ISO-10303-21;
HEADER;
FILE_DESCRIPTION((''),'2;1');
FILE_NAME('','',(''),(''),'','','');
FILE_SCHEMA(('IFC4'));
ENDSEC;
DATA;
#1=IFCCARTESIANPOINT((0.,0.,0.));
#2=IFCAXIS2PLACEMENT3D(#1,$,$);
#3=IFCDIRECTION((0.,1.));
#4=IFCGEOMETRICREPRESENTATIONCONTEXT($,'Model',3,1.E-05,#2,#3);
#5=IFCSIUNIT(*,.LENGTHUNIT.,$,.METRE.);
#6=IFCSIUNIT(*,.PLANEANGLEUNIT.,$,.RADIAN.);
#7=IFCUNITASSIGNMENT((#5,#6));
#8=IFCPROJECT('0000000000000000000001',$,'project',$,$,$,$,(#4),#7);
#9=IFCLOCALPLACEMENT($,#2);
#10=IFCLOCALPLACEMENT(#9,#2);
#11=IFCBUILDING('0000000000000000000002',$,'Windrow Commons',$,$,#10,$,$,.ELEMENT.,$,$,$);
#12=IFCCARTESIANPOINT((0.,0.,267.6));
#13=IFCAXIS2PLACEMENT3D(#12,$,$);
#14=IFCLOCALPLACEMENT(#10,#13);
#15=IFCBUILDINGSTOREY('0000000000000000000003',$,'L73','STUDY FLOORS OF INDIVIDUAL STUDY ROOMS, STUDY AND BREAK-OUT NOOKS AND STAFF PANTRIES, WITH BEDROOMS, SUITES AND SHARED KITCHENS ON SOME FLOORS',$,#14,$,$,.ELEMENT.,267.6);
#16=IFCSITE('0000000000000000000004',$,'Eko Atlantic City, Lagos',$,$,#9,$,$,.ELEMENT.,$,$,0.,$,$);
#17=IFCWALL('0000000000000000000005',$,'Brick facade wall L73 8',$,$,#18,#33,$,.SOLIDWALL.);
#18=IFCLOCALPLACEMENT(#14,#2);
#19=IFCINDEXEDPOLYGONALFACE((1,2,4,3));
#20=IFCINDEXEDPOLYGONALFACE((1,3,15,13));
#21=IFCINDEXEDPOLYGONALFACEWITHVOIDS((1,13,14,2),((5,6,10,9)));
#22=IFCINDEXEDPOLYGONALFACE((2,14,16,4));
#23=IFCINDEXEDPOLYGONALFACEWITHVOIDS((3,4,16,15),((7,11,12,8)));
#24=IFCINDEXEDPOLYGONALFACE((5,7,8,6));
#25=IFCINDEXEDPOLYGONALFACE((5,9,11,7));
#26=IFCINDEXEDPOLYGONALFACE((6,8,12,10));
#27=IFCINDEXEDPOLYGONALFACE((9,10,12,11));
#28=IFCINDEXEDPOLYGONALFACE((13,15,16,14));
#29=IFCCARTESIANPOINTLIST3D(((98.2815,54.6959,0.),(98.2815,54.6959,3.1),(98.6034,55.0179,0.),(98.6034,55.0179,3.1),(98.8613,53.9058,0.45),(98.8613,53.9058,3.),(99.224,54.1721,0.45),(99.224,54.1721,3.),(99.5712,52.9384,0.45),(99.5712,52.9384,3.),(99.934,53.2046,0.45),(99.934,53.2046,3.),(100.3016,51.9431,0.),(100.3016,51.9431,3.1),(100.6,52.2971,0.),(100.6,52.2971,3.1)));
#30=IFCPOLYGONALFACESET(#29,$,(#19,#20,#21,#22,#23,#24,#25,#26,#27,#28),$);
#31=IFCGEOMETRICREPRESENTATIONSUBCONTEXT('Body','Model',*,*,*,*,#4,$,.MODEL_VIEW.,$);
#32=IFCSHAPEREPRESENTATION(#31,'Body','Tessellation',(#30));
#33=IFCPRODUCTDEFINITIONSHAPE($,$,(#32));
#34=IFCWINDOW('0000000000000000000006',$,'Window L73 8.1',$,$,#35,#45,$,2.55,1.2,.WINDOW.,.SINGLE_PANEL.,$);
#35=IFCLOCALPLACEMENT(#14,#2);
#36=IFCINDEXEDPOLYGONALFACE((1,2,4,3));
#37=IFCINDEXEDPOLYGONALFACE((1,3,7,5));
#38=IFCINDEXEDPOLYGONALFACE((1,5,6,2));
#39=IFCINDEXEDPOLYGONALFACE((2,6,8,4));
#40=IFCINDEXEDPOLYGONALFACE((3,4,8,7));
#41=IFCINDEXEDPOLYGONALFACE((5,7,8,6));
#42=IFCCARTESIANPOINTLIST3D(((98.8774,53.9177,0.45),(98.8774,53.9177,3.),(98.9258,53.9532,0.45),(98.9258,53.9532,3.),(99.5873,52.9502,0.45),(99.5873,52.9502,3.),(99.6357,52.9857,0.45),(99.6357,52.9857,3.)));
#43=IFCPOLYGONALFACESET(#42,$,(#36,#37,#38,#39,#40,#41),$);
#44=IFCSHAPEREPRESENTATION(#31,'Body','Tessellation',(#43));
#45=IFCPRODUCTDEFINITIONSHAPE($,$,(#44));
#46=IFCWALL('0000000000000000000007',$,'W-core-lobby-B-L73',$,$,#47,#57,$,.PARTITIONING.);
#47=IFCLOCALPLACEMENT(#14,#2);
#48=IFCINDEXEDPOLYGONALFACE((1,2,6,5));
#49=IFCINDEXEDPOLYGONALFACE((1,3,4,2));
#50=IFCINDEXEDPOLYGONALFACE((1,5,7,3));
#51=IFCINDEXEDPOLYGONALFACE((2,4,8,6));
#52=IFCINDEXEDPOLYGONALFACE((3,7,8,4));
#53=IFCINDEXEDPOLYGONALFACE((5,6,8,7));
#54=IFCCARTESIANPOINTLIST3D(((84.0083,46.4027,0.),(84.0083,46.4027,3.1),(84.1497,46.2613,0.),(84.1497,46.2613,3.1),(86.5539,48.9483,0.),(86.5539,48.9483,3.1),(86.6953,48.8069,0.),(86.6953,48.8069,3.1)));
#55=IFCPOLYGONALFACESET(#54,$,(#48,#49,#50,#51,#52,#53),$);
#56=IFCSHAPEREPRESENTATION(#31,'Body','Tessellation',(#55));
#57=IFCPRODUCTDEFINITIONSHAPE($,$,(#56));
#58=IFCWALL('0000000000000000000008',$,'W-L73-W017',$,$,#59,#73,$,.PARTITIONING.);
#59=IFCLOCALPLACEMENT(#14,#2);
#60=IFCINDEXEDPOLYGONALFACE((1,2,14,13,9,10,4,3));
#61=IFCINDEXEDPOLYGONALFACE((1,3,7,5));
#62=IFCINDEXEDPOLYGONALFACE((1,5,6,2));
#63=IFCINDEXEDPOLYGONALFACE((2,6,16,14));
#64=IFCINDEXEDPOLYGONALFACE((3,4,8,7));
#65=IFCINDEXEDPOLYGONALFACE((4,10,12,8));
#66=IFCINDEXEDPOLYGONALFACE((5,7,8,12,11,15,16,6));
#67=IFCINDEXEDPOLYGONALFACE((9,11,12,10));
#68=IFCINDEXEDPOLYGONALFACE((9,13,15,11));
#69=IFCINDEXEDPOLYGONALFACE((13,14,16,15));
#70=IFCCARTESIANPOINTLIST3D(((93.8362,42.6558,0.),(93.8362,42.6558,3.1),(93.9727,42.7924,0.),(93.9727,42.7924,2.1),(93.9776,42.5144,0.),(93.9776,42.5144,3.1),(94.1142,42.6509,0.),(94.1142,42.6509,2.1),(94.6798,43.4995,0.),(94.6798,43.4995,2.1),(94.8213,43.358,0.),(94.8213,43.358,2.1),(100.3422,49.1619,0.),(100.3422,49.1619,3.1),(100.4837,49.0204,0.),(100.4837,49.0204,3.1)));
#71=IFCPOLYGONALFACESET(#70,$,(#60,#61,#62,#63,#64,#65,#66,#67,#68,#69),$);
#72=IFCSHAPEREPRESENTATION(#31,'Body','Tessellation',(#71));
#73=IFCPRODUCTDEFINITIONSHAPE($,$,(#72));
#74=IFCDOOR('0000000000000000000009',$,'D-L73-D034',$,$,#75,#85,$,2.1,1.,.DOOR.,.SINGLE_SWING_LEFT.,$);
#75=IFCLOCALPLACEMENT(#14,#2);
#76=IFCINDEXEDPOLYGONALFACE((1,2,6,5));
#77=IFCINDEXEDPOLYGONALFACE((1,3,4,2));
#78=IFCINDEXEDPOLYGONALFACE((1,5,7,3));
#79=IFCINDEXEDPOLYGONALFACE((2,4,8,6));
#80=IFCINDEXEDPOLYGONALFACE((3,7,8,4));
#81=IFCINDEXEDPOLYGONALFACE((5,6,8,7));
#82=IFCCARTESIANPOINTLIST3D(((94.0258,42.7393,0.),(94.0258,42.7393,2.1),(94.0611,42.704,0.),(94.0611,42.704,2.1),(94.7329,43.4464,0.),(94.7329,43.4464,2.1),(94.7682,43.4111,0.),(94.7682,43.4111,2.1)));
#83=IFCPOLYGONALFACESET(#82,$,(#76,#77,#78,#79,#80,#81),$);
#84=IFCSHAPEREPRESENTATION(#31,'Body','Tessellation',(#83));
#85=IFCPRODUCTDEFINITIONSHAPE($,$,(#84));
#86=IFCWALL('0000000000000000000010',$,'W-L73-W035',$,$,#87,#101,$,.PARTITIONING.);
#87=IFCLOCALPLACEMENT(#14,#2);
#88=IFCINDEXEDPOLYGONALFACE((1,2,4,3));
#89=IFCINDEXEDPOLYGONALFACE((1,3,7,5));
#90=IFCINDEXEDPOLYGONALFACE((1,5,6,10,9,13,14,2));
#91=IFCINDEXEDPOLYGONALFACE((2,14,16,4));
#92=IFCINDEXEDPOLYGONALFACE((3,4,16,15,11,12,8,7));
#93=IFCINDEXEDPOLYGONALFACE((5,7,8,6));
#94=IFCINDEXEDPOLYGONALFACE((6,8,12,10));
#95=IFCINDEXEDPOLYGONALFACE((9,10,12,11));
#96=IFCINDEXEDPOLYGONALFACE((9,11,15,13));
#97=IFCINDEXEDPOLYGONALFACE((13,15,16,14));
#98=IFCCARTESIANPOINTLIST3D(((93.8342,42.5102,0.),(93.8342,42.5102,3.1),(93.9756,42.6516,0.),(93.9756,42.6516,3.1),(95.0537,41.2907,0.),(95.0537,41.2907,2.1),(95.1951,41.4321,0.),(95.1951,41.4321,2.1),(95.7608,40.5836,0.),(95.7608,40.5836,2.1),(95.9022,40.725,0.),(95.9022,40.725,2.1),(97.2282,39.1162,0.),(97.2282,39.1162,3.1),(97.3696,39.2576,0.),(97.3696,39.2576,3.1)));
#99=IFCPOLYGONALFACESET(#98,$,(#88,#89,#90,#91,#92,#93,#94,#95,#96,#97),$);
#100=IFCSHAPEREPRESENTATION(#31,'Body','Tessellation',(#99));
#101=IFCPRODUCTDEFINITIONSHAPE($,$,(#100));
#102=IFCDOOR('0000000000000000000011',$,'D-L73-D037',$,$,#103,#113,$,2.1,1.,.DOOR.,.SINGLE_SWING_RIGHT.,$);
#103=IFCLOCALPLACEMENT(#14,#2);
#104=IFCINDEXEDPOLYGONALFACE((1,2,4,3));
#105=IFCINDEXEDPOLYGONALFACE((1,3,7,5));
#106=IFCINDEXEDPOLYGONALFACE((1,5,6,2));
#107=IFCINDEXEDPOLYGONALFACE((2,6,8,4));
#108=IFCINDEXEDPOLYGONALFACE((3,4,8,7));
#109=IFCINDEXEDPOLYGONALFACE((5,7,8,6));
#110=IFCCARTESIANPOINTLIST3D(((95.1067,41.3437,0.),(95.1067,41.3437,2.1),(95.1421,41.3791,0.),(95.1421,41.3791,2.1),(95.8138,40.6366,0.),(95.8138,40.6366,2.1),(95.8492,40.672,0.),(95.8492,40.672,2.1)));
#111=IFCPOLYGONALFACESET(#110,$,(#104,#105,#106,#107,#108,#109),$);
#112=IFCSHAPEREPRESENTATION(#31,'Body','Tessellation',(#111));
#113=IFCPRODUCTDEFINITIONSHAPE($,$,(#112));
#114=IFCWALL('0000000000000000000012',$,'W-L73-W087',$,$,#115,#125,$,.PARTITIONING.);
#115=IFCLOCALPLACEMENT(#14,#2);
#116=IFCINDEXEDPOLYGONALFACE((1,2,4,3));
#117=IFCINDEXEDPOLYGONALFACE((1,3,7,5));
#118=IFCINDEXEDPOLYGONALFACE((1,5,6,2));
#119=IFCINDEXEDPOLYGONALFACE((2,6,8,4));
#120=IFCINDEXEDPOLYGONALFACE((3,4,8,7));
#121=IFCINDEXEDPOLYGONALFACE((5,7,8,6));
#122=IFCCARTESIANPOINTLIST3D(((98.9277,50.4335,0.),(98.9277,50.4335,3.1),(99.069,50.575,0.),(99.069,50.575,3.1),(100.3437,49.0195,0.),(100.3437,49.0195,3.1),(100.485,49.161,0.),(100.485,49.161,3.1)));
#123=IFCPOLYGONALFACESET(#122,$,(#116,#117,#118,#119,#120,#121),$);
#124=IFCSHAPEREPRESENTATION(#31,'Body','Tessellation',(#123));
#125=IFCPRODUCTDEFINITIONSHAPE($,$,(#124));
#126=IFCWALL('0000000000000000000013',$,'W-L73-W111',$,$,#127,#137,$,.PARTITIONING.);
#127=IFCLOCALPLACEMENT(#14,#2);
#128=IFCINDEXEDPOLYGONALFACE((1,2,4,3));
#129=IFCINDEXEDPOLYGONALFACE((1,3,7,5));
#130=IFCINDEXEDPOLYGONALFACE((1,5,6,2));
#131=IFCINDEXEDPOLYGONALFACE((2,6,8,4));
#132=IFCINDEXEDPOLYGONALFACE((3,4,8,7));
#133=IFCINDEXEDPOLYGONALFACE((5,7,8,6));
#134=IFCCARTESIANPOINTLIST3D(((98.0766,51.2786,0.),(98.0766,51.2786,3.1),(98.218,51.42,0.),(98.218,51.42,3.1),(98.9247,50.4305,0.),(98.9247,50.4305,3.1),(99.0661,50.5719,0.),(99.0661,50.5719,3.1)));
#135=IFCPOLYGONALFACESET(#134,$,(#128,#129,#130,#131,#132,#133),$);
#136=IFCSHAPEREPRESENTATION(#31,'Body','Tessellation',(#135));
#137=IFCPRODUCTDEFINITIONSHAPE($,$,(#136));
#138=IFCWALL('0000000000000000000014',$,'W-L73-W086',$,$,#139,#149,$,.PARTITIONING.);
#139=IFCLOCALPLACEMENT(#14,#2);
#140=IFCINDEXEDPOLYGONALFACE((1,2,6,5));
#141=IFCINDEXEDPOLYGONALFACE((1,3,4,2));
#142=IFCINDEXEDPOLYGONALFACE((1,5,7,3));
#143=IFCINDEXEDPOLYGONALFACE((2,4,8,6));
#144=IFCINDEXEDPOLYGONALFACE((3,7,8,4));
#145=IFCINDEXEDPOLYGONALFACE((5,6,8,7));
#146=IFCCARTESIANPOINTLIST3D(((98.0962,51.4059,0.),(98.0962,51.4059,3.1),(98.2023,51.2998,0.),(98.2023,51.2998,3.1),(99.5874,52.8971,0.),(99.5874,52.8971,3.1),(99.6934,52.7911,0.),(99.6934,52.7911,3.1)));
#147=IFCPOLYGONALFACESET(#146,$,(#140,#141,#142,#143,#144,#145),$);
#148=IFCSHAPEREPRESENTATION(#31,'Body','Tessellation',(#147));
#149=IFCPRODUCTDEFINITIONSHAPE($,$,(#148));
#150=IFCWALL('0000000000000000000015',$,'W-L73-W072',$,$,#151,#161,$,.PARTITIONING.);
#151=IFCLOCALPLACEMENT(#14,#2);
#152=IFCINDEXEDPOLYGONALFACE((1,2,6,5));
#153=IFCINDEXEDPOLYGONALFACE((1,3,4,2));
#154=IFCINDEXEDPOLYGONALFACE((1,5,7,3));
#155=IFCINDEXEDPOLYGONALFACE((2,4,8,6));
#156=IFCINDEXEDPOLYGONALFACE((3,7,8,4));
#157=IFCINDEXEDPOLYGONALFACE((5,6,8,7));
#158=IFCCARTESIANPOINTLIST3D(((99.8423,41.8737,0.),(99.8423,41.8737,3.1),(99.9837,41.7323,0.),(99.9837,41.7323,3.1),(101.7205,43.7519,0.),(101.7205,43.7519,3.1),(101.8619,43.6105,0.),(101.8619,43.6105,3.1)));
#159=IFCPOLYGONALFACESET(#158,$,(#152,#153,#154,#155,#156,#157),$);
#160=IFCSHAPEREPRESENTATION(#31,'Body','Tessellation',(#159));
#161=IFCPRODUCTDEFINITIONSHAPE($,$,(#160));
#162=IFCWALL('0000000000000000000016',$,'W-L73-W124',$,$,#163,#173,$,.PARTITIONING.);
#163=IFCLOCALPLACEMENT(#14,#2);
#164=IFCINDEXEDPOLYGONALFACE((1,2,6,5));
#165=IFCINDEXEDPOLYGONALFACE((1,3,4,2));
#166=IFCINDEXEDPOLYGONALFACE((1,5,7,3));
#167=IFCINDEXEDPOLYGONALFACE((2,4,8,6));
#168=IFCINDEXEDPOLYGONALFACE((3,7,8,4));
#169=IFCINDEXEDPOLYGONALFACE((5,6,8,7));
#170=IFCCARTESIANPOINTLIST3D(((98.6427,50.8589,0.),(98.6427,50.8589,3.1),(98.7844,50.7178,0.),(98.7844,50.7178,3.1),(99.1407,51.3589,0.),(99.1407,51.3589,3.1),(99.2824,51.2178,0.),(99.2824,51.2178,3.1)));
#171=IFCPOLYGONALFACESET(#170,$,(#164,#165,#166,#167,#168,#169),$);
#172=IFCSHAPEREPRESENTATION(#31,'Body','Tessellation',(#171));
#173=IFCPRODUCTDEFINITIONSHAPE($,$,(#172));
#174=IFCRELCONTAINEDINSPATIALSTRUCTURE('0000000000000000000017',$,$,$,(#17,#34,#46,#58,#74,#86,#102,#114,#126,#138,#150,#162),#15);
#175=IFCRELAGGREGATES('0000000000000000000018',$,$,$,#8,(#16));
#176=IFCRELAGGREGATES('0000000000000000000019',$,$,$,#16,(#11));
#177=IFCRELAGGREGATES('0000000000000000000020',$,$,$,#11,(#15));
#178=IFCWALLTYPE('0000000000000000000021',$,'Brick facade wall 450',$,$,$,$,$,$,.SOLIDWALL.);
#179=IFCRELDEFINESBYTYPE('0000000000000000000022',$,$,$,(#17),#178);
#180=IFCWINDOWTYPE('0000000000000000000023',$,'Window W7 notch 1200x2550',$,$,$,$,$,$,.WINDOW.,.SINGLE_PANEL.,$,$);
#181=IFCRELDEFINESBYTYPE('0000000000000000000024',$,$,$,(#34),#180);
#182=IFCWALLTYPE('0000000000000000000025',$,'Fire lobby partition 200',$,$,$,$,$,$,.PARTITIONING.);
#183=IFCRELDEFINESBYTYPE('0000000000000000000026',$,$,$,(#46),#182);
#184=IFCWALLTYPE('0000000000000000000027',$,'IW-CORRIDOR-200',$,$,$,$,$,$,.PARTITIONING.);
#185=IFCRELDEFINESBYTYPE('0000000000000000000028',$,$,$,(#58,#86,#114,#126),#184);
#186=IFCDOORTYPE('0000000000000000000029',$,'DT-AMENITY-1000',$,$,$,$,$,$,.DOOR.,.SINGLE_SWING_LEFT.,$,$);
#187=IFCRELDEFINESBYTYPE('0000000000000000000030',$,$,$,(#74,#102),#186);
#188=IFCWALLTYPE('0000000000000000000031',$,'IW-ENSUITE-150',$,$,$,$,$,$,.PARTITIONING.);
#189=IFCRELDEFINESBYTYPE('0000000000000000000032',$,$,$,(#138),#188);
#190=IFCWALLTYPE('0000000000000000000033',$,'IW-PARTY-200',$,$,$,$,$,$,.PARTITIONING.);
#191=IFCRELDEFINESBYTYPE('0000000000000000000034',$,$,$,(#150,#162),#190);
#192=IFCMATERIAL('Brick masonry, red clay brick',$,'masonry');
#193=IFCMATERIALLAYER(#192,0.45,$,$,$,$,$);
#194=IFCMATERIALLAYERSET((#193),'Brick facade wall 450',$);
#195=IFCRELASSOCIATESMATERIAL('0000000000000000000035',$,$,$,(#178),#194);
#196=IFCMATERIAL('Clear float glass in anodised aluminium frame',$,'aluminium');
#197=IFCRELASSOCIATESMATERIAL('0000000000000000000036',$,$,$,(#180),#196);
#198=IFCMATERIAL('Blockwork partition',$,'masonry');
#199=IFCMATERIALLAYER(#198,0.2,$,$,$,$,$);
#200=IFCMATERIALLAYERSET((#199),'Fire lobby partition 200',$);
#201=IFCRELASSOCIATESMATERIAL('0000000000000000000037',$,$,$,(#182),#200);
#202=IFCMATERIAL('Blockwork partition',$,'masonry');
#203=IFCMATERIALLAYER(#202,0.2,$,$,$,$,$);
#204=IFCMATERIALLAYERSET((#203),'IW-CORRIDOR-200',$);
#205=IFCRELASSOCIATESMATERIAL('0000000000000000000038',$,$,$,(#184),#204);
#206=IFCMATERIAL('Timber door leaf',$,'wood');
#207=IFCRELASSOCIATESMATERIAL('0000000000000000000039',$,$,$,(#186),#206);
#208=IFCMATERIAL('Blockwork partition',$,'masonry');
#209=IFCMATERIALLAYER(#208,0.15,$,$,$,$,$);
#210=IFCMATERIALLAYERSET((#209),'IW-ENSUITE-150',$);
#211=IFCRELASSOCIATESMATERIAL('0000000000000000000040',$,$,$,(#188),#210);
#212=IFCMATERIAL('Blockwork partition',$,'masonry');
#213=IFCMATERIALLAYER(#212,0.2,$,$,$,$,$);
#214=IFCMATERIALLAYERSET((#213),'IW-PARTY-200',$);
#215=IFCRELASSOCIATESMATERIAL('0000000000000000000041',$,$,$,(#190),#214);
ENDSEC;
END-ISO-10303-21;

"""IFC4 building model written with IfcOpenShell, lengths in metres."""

from ifc_helpers import new_model, si_unit, direction, frame, frame_2d, origin, place, context, subcontext, project, spatial, polyline, rectangle, outline, extrude, material, layer, layer_set, type_object, element, fill, save


model = new_model("IFC4")

# Units and contexts
model_context = context("Model", 3, precision=1e-05, world=origin(), true_north=direction((0.0, 1.0)))
body_context = subcontext(model_context, "Body", "Model", "MODEL_VIEW")
ifc_project = project(units=[si_unit("LENGTHUNIT", "METRE"), si_unit("PLANEANGLEUNIT", "RADIAN")], contexts=[model_context])

# Site, building, storey
site_placement = place(None, origin())
site = spatial("IfcSite", under=ifc_project, at=site_placement, Name="Eko Atlantic City, Lagos", CompositionType="ELEMENT", RefElevation=0.0)
building_placement = place(site_placement, origin())
building = spatial("IfcBuilding", under=site, at=building_placement, Name="Windrow Commons", CompositionType="ELEMENT")
storey_placement = place(building_placement, frame((0.0, 0.0, 267.6)))
storey = spatial("IfcBuildingStorey", under=building, at=storey_placement, Name="L73", Description="STUDY FLOORS OF INDIVIDUAL STUDY ROOMS, STUDY AND BREAK-OUT NOOKS AND STAFF PANTRIES, WITH BEDROOMS, SUITES AND SHARED KITCHENS ON SOME FLOORS", CompositionType="ELEMENT", Elevation=267.6)

# Shared definitions
ifc_material_1 = material(Name="Brick masonry, red clay brick", Category="masonry")
ifc_layer_1 = layer(ifc_material_1, 0.45)
ifc_layer_set_1 = layer_set([ifc_layer_1], Name="Brick facade wall 450")
wall_type_1 = type_object("IfcWallType", Name="Brick facade wall 450", PredefinedType="SOLIDWALL", material=ifc_layer_set_1)

# Wall, opening, window
ifc_material_2 = material(Name="Clear float glass in anodised aluminium frame", Category="aluminium")
window_type_1 = type_object("IfcWindowType", Name="Window W7 notch 1200x2550", PartitioningType="SINGLE_PANEL", PredefinedType="WINDOW", material=ifc_material_2)
wall_1_placement = place(storey_placement, frame((100.4508, 52.1201, 0.0), z_axis=(0.0, 0.0, 1.0), x_axis=(-0.591634, 0.806206, 0.0)))
wall_1 = element("IfcWall", 1, at=wall_1_placement, inside=storey, type_object=wall_type_1, Name="Brick facade wall L73 8", PredefinedType="SOLIDWALL", context=body_context, shape_type="SweptSolid", body=[
    extrude(outline(polyline([(0.0544, -0.225), (3.4292, -0.225), (3.3601, 0.225), (-0.0544, 0.225), (0.0544, -0.225)])), origin(), (0.0, 0.0, 1.0), 3.1),
])
opening_1_placement = place(wall_1_placement, frame((1.1801, 0.0, 0.45)))
opening_1 = element("IfcOpeningElement", 2, at=opening_1_placement, cuts=wall_1, PredefinedType="OPENING", context=body_context, shape_type="SweptSolid", body=[
    extrude(rectangle(XDim=1.2, YDim=2.55, at=frame_2d((0.6, 1.275))), frame((0.0, 0.235, 0.0), z_axis=(0.0, -1.0, 0.0), x_axis=(1.0, 0.0, 0.0)), (0.0, 0.0, 1.0), 0.47),
])
window_1_placement = place(opening_1_placement, origin())
window_1 = element("IfcWindow", 3, at=window_1_placement, inside=storey, type_object=window_type_1, Name="Window L73 8.1", OverallHeight=2.55, OverallWidth=1.2, PartitioningType="SINGLE_PANEL", PredefinedType="WINDOW", context=body_context, shape_type="SweptSolid", body=[
    extrude(rectangle(XDim=1.2, YDim=2.55, at=frame_2d((0.6, 1.275))), frame((0.0, 0.205, 0.0), z_axis=(0.0, -1.0, 0.0), x_axis=(1.0, 0.0, 0.0)), (0.0, 0.0, 1.0), 0.06),
])
fill(opening_1, window_1)

# Wall
ifc_material_3 = material(Name="Blockwork partition", Category="masonry")
ifc_layer_2 = layer(ifc_material_3, 0.2)
ifc_layer_set_2 = layer_set([ifc_layer_2], Name="Fire lobby partition 200")
wall_type_2 = type_object("IfcWallType", Name="Fire lobby partition 200", PredefinedType="PARTITIONING", material=ifc_layer_set_2)
wall_2_placement = place(storey_placement, frame((84.079, 46.332, 0.0), z_axis=(0.0, 0.0, 1.0), x_axis=(0.707107, 0.707107, 0.0)))
element("IfcWall", 4, at=wall_2_placement, inside=storey, type_object=wall_type_2, Name="W-core-lobby-B-L73", PredefinedType="PARTITIONING", context=body_context, shape_type="SweptSolid", body=[
    extrude(rectangle(XDim=3.6, YDim=0.2, at=frame_2d((1.8, 0.0))), origin(), (0.0, 0.0, 1.0), 3.1),
])

# Walls, openings, doors
ifc_material_4 = material(Name="Blockwork partition", Category="masonry")
ifc_layer_3 = layer(ifc_material_4, 0.2)
ifc_layer_set_3 = layer_set([ifc_layer_3], Name="IW-CORRIDOR-200")
wall_type_3 = type_object("IfcWallType", Name="IW-CORRIDOR-200", PredefinedType="PARTITIONING", material=ifc_layer_set_3)
wall_3_placement = place(storey_placement, frame((93.9069, 42.5851, 0.0), z_axis=(0.0, 0.0, 1.0), x_axis=(0.707107, 0.707107, 0.0)))
wall_3 = element("IfcWall", 5, at=wall_3_placement, inside=storey, type_object=wall_type_3, Name="W-L73-W017", PredefinedType="PARTITIONING", context=body_context, shape_type="SweptSolid", body=[
    extrude(rectangle(XDim=9.2009, YDim=0.2, at=frame_2d((4.6005, 0.0))), origin(), (0.0, 0.0, 1.0), 3.1),
])
opening_2_placement = place(wall_3_placement, frame((0.1931, 0.0, 0.0)))
opening_2 = element("IfcOpeningElement", 6, at=opening_2_placement, cuts=wall_3, PredefinedType="OPENING", context=body_context, shape_type="SweptSolid", body=[
    extrude(rectangle(XDim=1.0, YDim=2.1, at=frame_2d((0.5, 1.05))), frame((0.0, 0.11, 0.0), z_axis=(0.0, -1.0, 0.0), x_axis=(1.0, 0.0, 0.0)), (0.0, 0.0, 1.0), 0.22),
])
ifc_material_5 = material(Name="Timber door leaf", Category="wood")
door_type = type_object("IfcDoorType", Name="DT-AMENITY-1000", OperationType="SINGLE_SWING_LEFT", PredefinedType="DOOR", material=ifc_material_5)
door_1_placement = place(opening_2_placement, origin())
door_1 = element("IfcDoor", 7, at=door_1_placement, inside=storey, type_object=door_type, Name="D-L73-D034", OperationType="SINGLE_SWING_LEFT", OverallHeight=2.1, OverallWidth=1.0, PredefinedType="DOOR", context=body_context, shape_type="SweptSolid", body=[
    extrude(rectangle(XDim=1.0, YDim=2.1, at=frame_2d((0.5, 1.05))), frame((0.0, 0.025, 0.0), z_axis=(0.0, -1.0, 0.0), x_axis=(1.0, 0.0, 0.0)), (0.0, 0.0, 1.0), 0.05),
])
fill(opening_2, door_1)
wall_4_placement = place(storey_placement, frame((93.9049, 42.5809, 0.0), z_axis=(0.0, 0.0, 1.0), x_axis=(0.707107, -0.707107, 0.0)))
wall_4 = element("IfcWall", 8, at=wall_4_placement, inside=storey, type_object=wall_type_3, Name="W-L73-W035", PredefinedType="PARTITIONING", context=body_context, shape_type="SweptSolid", body=[
    extrude(rectangle(XDim=4.7998, YDim=0.2, at=frame_2d((2.3999, 0.0))), origin(), (0.0, 0.0, 1.0), 3.1),
])
opening_3_placement = place(wall_4_placement, frame((1.7246, 0.0, 0.0)))
opening_3 = element("IfcOpeningElement", 9, at=opening_3_placement, cuts=wall_4, PredefinedType="OPENING", context=body_context, shape_type="SweptSolid", body=[
    extrude(rectangle(XDim=1.0, YDim=2.1, at=frame_2d((0.5, 1.05))), frame((0.0, 0.11, 0.0), z_axis=(0.0, -1.0, 0.0), x_axis=(1.0, 0.0, 0.0)), (0.0, 0.0, 1.0), 0.22),
])
door_2_placement = place(opening_3_placement, origin())
door_2 = element("IfcDoor", 10, at=door_2_placement, inside=storey, type_object=door_type, Name="D-L73-D037", OperationType="SINGLE_SWING_RIGHT", OverallHeight=2.1, OverallWidth=1.0, PredefinedType="DOOR", context=body_context, shape_type="SweptSolid", body=[
    extrude(rectangle(XDim=1.0, YDim=2.1, at=frame_2d((0.5, 1.05))), frame((0.0, 0.025, 0.0), z_axis=(0.0, -1.0, 0.0), x_axis=(1.0, 0.0, 0.0)), (0.0, 0.0, 1.0), 0.05),
])
fill(opening_3, door_2)

# Walls
wall_5_placement = place(storey_placement, frame((98.9983, 50.5043, 0.0), z_axis=(0.0, 0.0, 1.0), x_axis=(0.707606, -0.706607, 0.0)))
element("IfcWall", 11, at=wall_5_placement, inside=storey, type_object=wall_type_3, Name="W-L73-W087", PredefinedType="PARTITIONING", context=body_context, shape_type="SweptSolid", body=[
    extrude(rectangle(XDim=2.0011, YDim=0.2, at=frame_2d((1.0006, 0.0))), origin(), (0.0, 0.0, 1.0), 3.1),
])
wall_6_placement = place(storey_placement, frame((98.1473, 51.3493, 0.0), z_axis=(0.0, 0.0, 1.0), x_axis=(0.707107, -0.707107, 0.0)))
element("IfcWall", 12, at=wall_6_placement, inside=storey, type_object=wall_type_3, Name="W-L73-W111", PredefinedType="PARTITIONING", context=body_context, shape_type="SweptSolid", body=[
    extrude(rectangle(XDim=1.1993, YDim=0.2, at=frame_2d((0.5997, 0.0))), origin(), (0.0, 0.0, 1.0), 3.1),
])
ifc_material_6 = material(Name="Blockwork partition", Category="masonry")
ifc_layer_4 = layer(ifc_material_6, 0.15)
ifc_layer_set_4 = layer_set([ifc_layer_4], Name="IW-ENSUITE-150")
wall_type_4 = type_object("IfcWallType", Name="IW-ENSUITE-150", PredefinedType="PARTITIONING", material=ifc_layer_set_4)
wall_7_placement = place(storey_placement, frame((98.1492, 51.3528, 0.0), z_axis=(0.0, 0.0, 1.0), x_axis=(0.707083, 0.70713, 0.0)))
element("IfcWall", 13, at=wall_7_placement, inside=storey, type_object=wall_type_4, Name="W-L73-W086", PredefinedType="PARTITIONING", context=body_context, shape_type="SweptSolid", body=[
    extrude(rectangle(XDim=2.1089, YDim=0.15, at=frame_2d((1.0545, 0.0))), origin(), (0.0, 0.0, 1.0), 3.1),
])
ifc_material_7 = material(Name="Blockwork partition", Category="masonry")
ifc_layer_5 = layer(ifc_material_7, 0.2)
ifc_layer_set_5 = layer_set([ifc_layer_5], Name="IW-PARTY-200")
wall_type_5 = type_object("IfcWallType", Name="IW-PARTY-200", PredefinedType="PARTITIONING", material=ifc_layer_set_5)
wall_8_placement = place(storey_placement, frame((99.913, 41.803, 0.0), z_axis=(0.0, 0.0, 1.0), x_axis=(0.707107, 0.707107, 0.0)))
element("IfcWall", 14, at=wall_8_placement, inside=storey, type_object=wall_type_5, Name="W-L73-W072", PredefinedType="PARTITIONING", context=body_context, shape_type="SweptSolid", body=[
    extrude(rectangle(XDim=2.6562, YDim=0.2, at=frame_2d((1.3281, 0.0))), origin(), (0.0, 0.0, 1.0), 3.1),
])
wall_9_placement = place(storey_placement, frame((98.7136, 50.7884, 0.0), z_axis=(0.0, 0.0, 1.0), x_axis=(0.705688, 0.708522, 0.0)))
element("IfcWall", 15, at=wall_9_placement, inside=storey, type_object=wall_type_5, Name="W-L73-W124", PredefinedType="PARTITIONING", context=body_context, shape_type="SweptSolid", body=[
    extrude(rectangle(XDim=0.7057, YDim=0.2, at=frame_2d((0.3528, 0.0))), origin(), (0.0, 0.0, 1.0), 3.1),
])

save(model, "model.ifc")
